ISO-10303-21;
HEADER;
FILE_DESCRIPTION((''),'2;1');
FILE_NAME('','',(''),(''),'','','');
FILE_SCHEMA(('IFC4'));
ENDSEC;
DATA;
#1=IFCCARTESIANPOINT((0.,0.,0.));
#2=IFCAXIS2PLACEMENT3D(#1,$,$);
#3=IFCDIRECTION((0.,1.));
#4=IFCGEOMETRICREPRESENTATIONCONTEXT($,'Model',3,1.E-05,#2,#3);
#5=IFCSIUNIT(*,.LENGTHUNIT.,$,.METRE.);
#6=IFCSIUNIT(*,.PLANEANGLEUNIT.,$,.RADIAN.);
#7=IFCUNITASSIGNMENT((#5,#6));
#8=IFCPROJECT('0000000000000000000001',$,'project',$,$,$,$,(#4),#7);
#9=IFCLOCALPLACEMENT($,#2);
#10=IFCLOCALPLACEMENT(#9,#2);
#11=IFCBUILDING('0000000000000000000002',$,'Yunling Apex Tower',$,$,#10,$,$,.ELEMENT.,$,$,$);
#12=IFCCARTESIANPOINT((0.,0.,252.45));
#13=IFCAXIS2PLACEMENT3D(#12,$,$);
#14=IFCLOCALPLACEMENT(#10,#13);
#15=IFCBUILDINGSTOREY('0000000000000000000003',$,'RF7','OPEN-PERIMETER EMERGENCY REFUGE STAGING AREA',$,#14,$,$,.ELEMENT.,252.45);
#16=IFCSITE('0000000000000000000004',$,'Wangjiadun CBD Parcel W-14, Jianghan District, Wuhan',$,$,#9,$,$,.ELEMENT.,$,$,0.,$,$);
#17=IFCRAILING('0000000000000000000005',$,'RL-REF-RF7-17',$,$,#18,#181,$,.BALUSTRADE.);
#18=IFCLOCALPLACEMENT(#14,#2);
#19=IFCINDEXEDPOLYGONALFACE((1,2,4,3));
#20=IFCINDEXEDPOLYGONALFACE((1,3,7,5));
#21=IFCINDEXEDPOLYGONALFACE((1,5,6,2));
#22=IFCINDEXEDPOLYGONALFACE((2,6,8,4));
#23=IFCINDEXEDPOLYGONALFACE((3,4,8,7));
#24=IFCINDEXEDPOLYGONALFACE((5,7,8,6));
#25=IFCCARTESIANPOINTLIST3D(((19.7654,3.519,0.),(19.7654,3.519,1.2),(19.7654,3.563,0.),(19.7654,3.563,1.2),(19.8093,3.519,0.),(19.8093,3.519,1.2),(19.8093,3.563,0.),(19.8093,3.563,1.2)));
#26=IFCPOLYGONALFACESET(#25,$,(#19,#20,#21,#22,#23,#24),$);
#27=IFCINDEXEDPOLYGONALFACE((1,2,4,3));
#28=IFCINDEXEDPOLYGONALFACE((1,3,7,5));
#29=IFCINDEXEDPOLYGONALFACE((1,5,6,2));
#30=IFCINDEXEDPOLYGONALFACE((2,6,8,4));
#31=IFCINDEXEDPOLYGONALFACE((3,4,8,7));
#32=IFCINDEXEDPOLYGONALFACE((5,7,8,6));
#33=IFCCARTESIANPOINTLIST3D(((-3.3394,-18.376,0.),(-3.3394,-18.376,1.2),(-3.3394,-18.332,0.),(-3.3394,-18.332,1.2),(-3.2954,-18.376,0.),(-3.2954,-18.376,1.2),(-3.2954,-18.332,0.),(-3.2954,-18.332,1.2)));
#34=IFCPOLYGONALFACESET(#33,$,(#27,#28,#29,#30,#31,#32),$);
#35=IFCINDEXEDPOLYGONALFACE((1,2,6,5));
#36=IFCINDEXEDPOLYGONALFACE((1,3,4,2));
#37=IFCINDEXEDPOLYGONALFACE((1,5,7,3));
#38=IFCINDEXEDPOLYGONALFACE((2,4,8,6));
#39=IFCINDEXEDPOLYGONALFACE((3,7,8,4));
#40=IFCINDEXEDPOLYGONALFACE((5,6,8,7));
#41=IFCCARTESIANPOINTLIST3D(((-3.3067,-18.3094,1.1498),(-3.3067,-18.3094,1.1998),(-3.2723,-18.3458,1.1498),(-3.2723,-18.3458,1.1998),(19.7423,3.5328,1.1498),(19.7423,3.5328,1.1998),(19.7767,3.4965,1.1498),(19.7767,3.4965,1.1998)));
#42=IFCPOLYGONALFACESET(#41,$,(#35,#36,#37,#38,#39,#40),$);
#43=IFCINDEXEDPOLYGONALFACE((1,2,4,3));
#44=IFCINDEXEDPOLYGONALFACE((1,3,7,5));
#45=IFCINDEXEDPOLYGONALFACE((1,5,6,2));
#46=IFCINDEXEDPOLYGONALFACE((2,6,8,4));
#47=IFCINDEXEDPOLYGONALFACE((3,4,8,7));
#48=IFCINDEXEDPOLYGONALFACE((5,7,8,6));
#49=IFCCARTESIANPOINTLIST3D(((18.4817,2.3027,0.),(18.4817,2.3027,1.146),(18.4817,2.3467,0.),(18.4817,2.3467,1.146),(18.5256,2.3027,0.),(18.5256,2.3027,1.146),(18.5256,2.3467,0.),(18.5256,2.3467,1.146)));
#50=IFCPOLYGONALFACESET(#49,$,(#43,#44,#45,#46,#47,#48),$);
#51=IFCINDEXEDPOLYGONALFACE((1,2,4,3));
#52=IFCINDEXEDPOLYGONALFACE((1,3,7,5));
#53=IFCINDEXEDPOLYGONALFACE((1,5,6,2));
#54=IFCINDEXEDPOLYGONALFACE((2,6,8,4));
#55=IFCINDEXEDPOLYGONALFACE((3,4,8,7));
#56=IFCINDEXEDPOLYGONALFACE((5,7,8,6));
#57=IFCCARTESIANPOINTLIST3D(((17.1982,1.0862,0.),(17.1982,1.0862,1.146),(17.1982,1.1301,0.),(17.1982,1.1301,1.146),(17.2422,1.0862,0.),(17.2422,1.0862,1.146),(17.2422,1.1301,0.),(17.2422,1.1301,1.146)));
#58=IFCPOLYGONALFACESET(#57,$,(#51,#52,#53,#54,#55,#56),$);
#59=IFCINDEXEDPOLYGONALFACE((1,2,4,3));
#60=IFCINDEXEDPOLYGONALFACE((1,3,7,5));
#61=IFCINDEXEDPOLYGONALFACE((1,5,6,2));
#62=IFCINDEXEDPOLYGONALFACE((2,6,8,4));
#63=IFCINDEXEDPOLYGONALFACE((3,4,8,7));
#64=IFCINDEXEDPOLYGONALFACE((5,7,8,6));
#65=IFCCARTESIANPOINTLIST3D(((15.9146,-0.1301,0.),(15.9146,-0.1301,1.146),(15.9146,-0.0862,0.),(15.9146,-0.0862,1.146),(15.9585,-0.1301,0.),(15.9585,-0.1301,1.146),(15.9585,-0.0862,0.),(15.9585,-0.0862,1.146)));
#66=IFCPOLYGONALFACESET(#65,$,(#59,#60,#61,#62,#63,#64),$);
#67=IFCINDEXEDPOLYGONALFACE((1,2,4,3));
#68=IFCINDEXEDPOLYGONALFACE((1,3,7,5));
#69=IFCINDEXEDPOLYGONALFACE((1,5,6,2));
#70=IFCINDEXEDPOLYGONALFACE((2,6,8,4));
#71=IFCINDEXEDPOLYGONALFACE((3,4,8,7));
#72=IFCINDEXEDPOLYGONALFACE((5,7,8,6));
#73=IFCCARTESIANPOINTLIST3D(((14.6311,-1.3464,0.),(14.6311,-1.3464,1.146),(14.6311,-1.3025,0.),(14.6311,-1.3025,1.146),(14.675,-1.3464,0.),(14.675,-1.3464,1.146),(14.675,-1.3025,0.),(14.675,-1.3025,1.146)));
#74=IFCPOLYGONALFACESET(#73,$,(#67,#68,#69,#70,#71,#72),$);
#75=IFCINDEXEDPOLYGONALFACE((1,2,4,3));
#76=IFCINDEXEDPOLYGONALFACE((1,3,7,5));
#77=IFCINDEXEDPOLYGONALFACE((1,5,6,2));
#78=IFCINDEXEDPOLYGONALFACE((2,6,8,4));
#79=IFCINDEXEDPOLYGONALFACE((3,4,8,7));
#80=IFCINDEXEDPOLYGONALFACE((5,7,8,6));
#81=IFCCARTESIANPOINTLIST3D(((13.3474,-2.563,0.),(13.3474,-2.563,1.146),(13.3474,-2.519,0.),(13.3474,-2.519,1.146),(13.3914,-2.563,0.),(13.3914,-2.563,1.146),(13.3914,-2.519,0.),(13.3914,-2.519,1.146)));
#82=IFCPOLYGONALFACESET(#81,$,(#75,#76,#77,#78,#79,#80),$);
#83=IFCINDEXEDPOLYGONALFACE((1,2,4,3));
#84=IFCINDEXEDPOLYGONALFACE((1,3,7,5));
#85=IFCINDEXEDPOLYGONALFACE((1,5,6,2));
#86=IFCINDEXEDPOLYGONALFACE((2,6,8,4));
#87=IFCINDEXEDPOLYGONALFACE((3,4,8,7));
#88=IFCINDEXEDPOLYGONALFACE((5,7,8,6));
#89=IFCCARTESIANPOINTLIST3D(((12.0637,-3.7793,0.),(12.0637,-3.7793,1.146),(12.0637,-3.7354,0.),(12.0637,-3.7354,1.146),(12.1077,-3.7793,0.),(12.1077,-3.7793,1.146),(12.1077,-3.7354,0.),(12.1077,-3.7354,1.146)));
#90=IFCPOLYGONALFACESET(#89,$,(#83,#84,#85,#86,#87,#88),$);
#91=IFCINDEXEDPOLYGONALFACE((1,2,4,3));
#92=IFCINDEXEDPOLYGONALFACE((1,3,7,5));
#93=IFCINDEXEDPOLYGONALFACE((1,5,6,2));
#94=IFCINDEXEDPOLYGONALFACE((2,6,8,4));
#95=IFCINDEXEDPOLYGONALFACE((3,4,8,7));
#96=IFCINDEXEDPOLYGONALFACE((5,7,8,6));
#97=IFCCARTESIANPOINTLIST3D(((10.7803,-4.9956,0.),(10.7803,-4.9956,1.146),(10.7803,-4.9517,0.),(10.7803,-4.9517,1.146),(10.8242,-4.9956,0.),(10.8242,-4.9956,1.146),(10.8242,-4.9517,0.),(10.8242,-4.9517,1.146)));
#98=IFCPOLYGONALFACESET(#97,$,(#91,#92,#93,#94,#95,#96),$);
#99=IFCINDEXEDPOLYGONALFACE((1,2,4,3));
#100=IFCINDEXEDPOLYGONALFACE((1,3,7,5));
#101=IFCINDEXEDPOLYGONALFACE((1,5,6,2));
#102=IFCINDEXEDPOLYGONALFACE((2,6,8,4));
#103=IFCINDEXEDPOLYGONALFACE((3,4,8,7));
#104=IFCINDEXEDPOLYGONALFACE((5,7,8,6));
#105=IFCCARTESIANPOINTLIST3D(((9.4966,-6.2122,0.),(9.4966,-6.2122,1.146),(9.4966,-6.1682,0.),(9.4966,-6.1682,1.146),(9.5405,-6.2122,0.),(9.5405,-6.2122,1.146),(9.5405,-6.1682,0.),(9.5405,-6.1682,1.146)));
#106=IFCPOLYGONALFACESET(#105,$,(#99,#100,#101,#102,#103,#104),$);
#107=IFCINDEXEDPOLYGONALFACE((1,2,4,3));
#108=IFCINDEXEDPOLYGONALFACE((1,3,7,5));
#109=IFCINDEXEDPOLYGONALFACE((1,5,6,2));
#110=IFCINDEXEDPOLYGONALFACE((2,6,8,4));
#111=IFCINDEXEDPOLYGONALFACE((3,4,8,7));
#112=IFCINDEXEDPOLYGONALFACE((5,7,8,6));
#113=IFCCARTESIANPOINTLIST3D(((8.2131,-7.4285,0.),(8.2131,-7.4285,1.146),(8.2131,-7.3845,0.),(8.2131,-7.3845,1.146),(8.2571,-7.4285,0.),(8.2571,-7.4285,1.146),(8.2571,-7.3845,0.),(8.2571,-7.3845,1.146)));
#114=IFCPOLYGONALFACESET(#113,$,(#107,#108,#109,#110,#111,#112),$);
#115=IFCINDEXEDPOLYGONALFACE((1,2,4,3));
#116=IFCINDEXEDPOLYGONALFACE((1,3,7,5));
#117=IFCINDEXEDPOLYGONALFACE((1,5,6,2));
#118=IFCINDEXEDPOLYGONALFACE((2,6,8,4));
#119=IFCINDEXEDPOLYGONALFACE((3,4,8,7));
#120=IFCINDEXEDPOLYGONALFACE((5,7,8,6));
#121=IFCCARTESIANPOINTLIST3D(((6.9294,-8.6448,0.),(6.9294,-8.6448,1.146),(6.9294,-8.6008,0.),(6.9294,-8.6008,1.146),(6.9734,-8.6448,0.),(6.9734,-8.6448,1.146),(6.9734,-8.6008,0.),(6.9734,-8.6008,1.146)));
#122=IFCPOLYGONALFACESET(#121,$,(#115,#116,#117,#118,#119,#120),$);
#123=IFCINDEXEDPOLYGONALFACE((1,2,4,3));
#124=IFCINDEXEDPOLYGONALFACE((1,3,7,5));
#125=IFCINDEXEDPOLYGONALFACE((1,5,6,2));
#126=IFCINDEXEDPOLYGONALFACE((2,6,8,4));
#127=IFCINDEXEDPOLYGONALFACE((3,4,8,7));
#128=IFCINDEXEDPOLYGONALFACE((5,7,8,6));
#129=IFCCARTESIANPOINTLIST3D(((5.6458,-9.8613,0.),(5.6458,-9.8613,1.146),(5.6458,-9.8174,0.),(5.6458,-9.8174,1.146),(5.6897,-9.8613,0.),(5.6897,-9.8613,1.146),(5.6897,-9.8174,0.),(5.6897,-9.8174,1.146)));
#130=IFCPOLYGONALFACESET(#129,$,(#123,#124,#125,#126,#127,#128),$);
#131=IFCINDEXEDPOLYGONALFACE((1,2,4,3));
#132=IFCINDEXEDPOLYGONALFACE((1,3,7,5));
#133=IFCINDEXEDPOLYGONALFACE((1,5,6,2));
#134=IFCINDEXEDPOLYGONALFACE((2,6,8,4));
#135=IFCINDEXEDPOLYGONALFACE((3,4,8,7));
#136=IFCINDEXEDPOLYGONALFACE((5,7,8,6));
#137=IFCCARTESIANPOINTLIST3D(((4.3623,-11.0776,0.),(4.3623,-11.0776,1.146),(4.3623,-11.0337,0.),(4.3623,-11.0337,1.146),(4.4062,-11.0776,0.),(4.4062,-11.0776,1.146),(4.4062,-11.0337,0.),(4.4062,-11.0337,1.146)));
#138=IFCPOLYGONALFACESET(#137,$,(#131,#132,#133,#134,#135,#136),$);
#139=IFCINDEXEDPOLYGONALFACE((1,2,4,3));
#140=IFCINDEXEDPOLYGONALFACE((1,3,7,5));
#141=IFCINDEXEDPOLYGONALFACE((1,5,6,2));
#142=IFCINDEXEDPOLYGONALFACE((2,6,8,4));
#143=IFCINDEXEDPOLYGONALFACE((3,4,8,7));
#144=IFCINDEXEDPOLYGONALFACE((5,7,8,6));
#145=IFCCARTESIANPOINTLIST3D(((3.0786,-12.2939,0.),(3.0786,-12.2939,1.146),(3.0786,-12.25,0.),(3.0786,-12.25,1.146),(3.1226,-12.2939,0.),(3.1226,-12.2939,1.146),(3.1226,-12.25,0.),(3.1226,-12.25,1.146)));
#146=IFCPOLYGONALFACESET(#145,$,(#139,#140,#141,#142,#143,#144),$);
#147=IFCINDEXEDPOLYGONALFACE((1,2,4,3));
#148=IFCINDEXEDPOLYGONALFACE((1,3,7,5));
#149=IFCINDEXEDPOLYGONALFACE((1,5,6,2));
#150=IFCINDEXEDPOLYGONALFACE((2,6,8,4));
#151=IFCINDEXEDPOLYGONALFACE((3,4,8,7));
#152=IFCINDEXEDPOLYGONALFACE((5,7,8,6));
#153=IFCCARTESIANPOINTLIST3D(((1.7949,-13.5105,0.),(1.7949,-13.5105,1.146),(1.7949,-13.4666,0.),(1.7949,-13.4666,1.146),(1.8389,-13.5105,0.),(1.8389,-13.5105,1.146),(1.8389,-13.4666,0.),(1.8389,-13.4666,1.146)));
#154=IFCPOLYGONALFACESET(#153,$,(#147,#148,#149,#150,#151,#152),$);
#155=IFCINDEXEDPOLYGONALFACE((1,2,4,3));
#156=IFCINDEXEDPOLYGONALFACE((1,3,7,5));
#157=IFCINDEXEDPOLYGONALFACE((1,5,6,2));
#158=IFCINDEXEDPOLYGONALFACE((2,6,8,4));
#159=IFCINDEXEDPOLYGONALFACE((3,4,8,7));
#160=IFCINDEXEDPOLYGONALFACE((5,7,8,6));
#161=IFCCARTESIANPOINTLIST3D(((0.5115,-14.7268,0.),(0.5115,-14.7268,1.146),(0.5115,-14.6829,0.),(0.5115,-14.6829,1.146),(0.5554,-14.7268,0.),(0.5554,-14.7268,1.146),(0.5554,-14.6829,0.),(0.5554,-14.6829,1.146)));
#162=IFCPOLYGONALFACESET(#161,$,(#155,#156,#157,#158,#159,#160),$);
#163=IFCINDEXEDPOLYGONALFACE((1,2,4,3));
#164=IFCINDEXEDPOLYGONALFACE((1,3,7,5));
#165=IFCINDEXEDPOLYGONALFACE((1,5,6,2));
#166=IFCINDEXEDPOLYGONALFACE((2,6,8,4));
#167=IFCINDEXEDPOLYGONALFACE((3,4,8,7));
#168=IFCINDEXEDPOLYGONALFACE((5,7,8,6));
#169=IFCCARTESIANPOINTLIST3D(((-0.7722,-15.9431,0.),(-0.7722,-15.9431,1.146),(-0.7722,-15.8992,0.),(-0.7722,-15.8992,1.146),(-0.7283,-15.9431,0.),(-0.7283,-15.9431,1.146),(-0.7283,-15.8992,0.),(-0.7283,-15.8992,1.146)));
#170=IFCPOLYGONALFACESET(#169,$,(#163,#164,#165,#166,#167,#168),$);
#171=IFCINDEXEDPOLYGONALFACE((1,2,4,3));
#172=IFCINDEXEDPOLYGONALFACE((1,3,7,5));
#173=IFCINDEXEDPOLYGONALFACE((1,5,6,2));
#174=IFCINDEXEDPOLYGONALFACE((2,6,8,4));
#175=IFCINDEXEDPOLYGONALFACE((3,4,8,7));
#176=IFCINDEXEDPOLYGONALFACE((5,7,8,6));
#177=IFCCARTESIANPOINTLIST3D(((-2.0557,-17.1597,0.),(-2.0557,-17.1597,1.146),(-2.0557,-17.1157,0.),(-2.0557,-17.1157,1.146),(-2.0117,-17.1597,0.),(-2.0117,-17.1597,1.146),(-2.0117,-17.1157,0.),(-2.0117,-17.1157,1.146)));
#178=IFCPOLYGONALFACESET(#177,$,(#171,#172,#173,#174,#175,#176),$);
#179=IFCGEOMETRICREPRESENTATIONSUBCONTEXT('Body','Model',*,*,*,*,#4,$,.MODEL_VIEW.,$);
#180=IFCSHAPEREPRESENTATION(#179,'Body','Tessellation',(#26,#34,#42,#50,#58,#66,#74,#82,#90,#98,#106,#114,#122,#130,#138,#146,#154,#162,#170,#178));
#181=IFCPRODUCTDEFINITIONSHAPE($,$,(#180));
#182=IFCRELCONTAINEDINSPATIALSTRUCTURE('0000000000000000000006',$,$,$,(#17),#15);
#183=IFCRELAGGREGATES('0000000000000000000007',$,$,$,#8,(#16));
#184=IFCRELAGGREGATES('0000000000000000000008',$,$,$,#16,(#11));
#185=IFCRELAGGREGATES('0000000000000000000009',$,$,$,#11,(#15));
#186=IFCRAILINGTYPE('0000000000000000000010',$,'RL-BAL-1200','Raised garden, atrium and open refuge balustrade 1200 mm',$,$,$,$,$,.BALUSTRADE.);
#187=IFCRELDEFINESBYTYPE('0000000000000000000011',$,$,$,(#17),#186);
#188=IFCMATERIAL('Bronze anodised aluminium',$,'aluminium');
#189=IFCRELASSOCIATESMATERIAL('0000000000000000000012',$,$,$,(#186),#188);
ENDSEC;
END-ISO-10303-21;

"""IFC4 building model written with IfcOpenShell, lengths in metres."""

from ifc_helpers import new_model, si_unit, direction, frame, origin, origin_2d, place, context, subcontext, project, spatial, rectangle, extrude, material, type_object, element, save


model = new_model("IFC4")

# Units and contexts
model_context = context("Model", 3, precision=1e-05, world=origin(), true_north=direction((0.0, 1.0)))
body_context = subcontext(model_context, "Body", "Model", "MODEL_VIEW")
ifc_project = project(units=[si_unit("LENGTHUNIT", "METRE"), si_unit("PLANEANGLEUNIT", "RADIAN")], contexts=[model_context])

# Site, building, storey
site_placement = place(None, origin())
site = spatial("IfcSite", under=ifc_project, at=site_placement, Name="Wangjiadun CBD Parcel W-14, Jianghan District, Wuhan", CompositionType="ELEMENT", RefElevation=0.0)
building_placement = place(site_placement, origin())
building = spatial("IfcBuilding", under=site, at=building_placement, Name="Yunling Apex Tower", CompositionType="ELEMENT")
storey_placement = place(building_placement, frame((0.0, 0.0, 252.45)))
storey = spatial("IfcBuildingStorey", under=building, at=storey_placement, Name="RF7", Description="OPEN-PERIMETER EMERGENCY REFUGE STAGING AREA", CompositionType="ELEMENT", Elevation=252.45)

# Railing
ifc_material_1 = material(Name="Bronze anodised aluminium", Category="aluminium")
railing_type = type_object("IfcRailingType", Name="RL-BAL-1200", Description="Raised garden, atrium and open refuge balustrade 1200 mm", PredefinedType="BALUSTRADE", material=ifc_material_1)
railing_1_placement = place(storey_placement, frame((19.7874, 3.541, 0.0)))
element("IfcRailing", 1, at=railing_1_placement, inside=storey, type_object=railing_type, Name="RL-REF-RF7-17", PredefinedType="BALUSTRADE", context=body_context, shape_type="SweptSolid", body=[
    extrude(rectangle(XDim=0.0439, YDim=0.0439, at=origin_2d()), origin(), (0.0, 0.0, 1.0), 1.2),
    extrude(rectangle(XDim=0.0439, YDim=0.0439, at=origin_2d()), frame((-23.1047, -21.895, 0.0)), (0.0, 0.0, 1.0), 1.2),
    extrude(rectangle(XDim=0.05, YDim=0.05, at=origin_2d()), frame((-0.0278, -0.0264, 1.1748), z_axis=(-0.725854, -0.687849, 0.0), x_axis=(0.687849, -0.725854, 0.0)), (0.0, 0.0, 1.0), 31.7544),
    extrude(rectangle(XDim=0.0439, YDim=0.0439, at=origin_2d()), frame((-1.2837, -1.2163, 0.0)), (0.0, 0.0, 1.0), 1.146),
    extrude(rectangle(XDim=0.0439, YDim=0.0439, at=origin_2d()), frame((-2.5671, -2.4329, 0.0)), (0.0, 0.0, 1.0), 1.146),
    extrude(rectangle(XDim=0.0439, YDim=0.0439, at=origin_2d()), frame((-3.8508, -3.6492, 0.0)), (0.0, 0.0, 1.0), 1.146),
    extrude(rectangle(XDim=0.0439, YDim=0.0439, at=origin_2d()), frame((-5.1343, -4.8655, 0.0)), (0.0, 0.0, 1.0), 1.146),
    extrude(rectangle(XDim=0.0439, YDim=0.0439, at=origin_2d()), frame((-6.418, -6.082, 0.0)), (0.0, 0.0, 1.0), 1.146),
    extrude(rectangle(XDim=0.0439, YDim=0.0439, at=origin_2d()), frame((-7.7017, -7.2983, 0.0)), (0.0, 0.0, 1.0), 1.146),
    extrude(rectangle(XDim=0.0439, YDim=0.0439, at=origin_2d()), frame((-8.9851, -8.5146, 0.0)), (0.0, 0.0, 1.0), 1.146),
    extrude(rectangle(XDim=0.0439, YDim=0.0439, at=origin_2d()), frame((-10.2688, -9.7312, 0.0)), (0.0, 0.0, 1.0), 1.146),
    extrude(rectangle(XDim=0.0439, YDim=0.0439, at=origin_2d()), frame((-11.5522, -10.9475, 0.0)), (0.0, 0.0, 1.0), 1.146),
    extrude(rectangle(XDim=0.0439, YDim=0.0439, at=origin_2d()), frame((-12.8359, -12.1638, 0.0)), (0.0, 0.0, 1.0), 1.146),
    extrude(rectangle(XDim=0.0439, YDim=0.0439, at=origin_2d()), frame((-14.1196, -13.3804, 0.0)), (0.0, 0.0, 1.0), 1.146),
    extrude(rectangle(XDim=0.0439, YDim=0.0439, at=origin_2d()), frame((-15.4031, -14.5967, 0.0)), (0.0, 0.0, 1.0), 1.146),
    extrude(rectangle(XDim=0.0439, YDim=0.0439, at=origin_2d()), frame((-16.6868, -15.813, 0.0)), (0.0, 0.0, 1.0), 1.146),
    extrude(rectangle(XDim=0.0439, YDim=0.0439, at=origin_2d()), frame((-17.9705, -17.0295, 0.0)), (0.0, 0.0, 1.0), 1.146),
    extrude(rectangle(XDim=0.0439, YDim=0.0439, at=origin_2d()), frame((-19.2539, -18.2458, 0.0)), (0.0, 0.0, 1.0), 1.146),
    extrude(rectangle(XDim=0.0439, YDim=0.0439, at=origin_2d()), frame((-20.5376, -19.4622, 0.0)), (0.0, 0.0, 1.0), 1.146),
    extrude(rectangle(XDim=0.0439, YDim=0.0439, at=origin_2d()), frame((-21.821, -20.6787, 0.0)), (0.0, 0.0, 1.0), 1.146),
])

save(model, "model.ifc")
